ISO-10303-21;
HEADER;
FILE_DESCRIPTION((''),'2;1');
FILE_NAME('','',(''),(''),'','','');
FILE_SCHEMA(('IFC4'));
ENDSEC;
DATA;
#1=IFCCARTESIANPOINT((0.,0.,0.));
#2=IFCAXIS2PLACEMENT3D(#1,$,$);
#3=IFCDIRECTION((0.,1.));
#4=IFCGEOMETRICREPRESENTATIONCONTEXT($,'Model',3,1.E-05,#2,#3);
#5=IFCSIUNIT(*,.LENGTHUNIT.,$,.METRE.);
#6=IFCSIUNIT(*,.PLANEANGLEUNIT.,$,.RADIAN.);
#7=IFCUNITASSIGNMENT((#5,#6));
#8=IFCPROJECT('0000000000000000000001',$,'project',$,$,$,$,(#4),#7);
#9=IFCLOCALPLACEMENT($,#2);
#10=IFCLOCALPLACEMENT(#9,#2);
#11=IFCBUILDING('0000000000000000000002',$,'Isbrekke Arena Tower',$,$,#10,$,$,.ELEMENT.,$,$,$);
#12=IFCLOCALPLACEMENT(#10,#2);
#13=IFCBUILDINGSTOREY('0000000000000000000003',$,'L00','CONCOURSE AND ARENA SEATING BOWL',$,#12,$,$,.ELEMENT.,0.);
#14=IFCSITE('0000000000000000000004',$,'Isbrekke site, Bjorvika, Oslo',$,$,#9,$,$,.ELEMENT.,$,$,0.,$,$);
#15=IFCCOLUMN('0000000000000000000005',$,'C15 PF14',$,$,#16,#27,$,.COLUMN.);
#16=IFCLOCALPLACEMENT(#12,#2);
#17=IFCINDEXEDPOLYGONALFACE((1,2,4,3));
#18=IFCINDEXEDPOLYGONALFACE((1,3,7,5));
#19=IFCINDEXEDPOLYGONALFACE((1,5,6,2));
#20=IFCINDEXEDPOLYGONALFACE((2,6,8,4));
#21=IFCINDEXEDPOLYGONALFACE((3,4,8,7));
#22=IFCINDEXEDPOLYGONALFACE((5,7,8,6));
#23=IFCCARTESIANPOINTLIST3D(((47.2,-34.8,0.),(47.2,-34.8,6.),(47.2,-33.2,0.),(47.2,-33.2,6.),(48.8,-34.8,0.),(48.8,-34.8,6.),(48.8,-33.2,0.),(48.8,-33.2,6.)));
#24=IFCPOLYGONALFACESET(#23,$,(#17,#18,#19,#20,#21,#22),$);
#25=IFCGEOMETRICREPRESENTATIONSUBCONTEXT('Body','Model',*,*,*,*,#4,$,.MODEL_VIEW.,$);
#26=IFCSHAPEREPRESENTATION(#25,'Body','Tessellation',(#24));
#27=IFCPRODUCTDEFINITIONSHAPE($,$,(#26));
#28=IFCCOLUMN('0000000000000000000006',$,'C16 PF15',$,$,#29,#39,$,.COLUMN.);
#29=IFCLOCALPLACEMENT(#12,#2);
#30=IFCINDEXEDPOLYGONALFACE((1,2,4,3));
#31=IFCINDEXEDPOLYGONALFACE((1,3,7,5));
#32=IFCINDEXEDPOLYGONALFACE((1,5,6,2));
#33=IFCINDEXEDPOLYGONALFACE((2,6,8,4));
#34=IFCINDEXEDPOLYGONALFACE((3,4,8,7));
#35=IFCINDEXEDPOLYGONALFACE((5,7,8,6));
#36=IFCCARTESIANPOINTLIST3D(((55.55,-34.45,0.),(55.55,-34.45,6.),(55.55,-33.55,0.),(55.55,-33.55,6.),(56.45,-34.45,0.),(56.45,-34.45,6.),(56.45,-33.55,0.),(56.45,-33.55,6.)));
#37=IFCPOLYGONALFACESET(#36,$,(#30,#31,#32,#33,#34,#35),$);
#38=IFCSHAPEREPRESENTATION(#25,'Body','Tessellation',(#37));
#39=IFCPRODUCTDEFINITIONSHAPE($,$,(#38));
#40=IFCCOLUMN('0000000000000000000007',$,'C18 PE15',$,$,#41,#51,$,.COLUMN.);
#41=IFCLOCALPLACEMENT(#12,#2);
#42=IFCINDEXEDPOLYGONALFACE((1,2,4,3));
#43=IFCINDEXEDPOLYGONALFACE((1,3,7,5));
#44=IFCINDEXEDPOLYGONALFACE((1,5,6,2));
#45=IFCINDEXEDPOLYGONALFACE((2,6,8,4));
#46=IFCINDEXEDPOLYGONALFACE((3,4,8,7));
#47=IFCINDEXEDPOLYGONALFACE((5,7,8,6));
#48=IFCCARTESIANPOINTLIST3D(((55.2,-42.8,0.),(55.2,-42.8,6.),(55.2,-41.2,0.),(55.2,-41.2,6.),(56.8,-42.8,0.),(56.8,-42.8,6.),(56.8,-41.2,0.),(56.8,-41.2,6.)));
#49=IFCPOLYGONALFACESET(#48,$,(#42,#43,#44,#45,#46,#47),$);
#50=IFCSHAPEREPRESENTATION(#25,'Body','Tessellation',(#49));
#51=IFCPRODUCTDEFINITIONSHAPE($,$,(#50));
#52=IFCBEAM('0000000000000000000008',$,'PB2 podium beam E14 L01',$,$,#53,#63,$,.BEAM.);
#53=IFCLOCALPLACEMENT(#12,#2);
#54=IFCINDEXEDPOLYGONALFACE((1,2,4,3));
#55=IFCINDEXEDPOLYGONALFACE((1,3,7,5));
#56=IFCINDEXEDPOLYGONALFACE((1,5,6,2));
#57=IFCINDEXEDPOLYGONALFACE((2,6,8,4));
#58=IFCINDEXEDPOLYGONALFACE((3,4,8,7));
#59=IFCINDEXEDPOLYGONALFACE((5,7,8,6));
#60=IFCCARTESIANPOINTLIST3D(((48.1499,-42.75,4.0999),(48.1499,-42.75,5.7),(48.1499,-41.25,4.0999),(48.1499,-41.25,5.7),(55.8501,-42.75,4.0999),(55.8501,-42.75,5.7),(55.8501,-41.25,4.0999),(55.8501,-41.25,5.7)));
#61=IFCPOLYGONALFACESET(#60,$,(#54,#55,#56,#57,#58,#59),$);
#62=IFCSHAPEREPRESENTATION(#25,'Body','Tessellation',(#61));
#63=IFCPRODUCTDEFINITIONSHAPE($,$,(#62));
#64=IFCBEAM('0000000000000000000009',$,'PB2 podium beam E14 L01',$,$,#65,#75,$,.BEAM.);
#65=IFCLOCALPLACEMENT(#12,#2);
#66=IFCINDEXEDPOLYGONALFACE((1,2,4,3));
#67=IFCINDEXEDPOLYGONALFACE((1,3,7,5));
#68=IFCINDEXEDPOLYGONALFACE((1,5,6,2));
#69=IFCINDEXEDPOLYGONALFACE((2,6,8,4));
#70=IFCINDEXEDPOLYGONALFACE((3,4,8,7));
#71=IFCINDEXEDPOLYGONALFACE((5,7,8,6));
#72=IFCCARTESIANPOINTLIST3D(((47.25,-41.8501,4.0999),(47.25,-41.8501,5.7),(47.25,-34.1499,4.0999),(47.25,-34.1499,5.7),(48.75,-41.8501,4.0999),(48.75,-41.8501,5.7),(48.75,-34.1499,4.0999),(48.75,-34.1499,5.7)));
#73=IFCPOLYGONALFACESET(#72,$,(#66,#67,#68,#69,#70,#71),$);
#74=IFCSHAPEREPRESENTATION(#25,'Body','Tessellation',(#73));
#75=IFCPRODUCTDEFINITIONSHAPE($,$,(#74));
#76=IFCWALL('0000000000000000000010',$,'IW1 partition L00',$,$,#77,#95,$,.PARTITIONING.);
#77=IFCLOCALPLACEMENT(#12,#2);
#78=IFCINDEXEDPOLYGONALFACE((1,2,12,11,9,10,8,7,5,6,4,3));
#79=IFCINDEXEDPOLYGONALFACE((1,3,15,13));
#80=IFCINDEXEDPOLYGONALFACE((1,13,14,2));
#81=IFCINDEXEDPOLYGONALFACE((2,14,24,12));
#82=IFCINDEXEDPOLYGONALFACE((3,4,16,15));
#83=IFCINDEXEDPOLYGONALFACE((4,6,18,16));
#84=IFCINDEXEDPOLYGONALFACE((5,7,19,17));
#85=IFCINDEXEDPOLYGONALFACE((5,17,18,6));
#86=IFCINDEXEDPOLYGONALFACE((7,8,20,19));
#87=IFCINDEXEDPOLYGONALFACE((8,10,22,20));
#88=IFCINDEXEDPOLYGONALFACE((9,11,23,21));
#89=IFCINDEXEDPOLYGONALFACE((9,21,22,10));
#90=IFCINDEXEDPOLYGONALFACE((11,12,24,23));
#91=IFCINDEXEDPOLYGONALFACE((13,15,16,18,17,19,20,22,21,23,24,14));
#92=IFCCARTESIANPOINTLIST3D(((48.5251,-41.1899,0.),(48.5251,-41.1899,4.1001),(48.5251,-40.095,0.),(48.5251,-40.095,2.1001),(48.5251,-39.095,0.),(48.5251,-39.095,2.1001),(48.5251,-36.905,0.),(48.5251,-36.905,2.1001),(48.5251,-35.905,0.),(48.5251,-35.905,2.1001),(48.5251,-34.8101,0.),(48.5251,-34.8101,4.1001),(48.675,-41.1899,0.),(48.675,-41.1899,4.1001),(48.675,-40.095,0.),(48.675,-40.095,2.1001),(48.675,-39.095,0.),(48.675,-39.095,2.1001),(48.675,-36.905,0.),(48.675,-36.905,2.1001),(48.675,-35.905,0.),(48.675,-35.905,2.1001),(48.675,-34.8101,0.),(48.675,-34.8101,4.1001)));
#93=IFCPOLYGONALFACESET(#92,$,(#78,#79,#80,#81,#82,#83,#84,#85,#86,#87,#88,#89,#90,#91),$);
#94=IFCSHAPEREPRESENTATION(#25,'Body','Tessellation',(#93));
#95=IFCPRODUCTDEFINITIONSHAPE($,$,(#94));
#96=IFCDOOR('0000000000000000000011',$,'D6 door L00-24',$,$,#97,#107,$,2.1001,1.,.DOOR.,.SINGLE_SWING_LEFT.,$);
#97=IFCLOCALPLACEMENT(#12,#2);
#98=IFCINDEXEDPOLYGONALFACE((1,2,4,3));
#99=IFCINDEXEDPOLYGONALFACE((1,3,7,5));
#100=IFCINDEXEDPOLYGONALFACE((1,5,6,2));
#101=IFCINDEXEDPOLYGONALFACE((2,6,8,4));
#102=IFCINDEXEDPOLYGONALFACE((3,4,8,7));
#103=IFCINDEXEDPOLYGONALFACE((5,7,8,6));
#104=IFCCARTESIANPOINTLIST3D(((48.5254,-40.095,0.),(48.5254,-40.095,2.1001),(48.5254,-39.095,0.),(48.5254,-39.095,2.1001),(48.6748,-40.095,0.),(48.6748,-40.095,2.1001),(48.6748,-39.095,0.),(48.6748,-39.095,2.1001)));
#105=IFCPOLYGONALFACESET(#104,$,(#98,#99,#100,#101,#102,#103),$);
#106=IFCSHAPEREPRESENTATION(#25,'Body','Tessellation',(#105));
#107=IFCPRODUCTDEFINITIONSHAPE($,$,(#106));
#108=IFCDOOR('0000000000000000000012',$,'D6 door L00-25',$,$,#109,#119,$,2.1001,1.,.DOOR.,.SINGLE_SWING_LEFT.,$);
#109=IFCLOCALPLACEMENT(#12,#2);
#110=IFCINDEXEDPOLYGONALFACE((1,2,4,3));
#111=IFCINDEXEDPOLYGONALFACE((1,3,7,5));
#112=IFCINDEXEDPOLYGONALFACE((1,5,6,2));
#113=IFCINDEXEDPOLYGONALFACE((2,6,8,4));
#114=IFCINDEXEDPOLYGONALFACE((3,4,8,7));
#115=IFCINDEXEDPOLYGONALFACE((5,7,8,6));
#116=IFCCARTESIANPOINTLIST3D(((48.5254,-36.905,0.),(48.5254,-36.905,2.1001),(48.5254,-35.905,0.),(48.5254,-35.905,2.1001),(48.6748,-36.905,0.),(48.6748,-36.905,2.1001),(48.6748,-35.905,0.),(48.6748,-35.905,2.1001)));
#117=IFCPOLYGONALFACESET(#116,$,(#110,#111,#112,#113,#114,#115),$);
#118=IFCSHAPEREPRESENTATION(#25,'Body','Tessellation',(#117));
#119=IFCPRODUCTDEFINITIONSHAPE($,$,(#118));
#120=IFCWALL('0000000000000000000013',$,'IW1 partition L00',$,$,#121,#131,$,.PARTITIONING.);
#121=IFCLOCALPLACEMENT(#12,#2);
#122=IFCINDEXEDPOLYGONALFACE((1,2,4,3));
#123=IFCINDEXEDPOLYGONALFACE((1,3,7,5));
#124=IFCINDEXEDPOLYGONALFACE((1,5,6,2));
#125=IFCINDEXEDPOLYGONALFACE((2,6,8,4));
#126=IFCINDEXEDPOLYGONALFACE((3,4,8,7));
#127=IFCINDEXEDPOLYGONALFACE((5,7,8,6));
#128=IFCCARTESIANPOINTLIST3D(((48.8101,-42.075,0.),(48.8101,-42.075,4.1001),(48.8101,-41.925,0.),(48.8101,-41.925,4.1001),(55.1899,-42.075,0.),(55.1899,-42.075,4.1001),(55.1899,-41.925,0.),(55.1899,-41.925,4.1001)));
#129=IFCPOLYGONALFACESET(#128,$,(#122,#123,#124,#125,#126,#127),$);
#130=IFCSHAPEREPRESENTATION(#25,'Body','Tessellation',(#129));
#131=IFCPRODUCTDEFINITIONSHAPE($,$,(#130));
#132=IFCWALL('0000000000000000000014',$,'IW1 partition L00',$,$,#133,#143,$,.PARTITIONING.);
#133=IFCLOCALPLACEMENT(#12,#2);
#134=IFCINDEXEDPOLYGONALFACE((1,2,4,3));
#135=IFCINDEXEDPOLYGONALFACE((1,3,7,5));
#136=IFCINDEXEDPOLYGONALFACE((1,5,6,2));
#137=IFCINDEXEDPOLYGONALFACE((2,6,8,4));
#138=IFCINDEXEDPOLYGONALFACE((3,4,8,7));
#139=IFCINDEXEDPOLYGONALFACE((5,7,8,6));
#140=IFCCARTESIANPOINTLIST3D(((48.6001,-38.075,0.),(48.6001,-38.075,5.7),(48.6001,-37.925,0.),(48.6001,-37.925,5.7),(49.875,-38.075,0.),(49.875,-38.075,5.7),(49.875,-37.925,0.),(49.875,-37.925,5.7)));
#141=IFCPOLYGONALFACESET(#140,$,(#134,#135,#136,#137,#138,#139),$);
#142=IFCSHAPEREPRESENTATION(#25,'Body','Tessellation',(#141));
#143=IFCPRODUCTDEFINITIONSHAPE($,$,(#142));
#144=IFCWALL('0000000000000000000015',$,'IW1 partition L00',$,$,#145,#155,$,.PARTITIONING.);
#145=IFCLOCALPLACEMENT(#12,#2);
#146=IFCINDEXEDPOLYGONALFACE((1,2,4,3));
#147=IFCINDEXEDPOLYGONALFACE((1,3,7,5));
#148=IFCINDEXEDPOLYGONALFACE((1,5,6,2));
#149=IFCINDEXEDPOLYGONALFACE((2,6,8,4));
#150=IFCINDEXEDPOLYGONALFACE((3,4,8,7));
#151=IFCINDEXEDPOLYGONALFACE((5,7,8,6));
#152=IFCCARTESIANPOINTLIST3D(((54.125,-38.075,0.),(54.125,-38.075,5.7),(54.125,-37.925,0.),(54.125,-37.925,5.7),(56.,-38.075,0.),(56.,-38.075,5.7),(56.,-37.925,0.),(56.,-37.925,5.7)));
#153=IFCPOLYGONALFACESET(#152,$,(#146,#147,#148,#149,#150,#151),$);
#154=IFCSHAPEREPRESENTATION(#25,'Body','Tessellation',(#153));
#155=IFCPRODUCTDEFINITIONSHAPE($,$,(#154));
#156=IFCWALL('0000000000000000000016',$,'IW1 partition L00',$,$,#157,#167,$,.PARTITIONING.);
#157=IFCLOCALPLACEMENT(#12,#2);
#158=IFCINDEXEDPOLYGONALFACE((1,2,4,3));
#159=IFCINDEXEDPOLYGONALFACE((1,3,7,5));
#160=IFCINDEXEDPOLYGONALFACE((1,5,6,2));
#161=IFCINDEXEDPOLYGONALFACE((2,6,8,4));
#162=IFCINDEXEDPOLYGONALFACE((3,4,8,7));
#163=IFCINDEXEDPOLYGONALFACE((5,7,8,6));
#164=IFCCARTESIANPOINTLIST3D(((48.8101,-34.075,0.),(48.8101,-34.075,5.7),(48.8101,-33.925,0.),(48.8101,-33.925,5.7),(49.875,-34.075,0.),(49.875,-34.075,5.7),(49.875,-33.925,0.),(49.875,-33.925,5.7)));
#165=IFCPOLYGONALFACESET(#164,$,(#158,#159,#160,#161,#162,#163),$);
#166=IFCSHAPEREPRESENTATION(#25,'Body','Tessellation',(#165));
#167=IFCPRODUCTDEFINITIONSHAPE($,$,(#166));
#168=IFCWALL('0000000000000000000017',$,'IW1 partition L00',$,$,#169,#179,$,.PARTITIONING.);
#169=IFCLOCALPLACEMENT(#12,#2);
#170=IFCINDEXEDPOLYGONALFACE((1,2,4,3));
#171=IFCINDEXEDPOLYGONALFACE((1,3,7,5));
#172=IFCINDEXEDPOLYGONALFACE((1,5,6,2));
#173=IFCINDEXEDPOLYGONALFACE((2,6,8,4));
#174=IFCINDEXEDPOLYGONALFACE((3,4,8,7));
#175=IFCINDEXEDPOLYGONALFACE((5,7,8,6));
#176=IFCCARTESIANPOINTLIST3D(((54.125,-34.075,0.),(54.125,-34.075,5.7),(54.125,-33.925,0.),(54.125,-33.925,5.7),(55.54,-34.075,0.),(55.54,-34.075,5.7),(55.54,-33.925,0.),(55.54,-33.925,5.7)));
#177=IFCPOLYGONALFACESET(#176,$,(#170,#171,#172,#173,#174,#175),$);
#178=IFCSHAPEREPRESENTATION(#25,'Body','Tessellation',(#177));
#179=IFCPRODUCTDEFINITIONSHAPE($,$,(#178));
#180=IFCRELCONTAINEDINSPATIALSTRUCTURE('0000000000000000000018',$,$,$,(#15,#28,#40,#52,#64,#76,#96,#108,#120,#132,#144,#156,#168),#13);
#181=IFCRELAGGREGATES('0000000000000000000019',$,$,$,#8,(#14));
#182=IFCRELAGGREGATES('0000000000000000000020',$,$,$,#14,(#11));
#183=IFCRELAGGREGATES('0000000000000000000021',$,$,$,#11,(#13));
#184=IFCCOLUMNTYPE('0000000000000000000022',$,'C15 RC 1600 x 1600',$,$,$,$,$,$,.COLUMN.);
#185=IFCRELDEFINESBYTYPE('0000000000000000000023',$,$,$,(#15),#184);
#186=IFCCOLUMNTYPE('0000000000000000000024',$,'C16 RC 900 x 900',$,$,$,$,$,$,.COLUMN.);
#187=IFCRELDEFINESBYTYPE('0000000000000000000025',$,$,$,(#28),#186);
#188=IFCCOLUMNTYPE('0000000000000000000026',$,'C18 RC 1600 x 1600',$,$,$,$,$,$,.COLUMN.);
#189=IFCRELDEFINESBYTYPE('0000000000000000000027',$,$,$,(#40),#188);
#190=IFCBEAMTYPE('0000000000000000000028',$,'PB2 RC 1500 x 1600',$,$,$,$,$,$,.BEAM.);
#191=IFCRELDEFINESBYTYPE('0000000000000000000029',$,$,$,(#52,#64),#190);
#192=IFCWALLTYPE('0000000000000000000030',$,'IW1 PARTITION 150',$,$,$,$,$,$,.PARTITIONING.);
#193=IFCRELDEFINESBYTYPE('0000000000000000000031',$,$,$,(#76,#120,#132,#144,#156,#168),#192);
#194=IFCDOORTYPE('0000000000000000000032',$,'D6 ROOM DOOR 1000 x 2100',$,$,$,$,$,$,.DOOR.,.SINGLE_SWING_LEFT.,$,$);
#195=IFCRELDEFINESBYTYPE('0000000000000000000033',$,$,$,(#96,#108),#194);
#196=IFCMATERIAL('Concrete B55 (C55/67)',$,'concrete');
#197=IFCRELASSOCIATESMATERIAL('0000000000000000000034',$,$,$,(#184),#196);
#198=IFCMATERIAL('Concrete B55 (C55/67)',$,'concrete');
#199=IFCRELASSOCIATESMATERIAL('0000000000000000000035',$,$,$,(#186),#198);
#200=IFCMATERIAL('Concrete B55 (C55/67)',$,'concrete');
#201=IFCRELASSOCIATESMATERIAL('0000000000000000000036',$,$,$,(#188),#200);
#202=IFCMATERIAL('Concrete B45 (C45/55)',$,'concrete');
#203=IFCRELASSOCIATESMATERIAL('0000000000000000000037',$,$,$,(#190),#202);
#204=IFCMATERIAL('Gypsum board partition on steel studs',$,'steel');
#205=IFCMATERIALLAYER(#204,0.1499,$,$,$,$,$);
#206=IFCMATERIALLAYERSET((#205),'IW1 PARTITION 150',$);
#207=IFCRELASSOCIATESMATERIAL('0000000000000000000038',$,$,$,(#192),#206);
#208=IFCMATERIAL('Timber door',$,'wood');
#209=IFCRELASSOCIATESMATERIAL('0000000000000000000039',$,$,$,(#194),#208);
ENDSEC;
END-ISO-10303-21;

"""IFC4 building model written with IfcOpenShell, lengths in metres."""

from ifc_helpers import new_model, si_unit, direction, frame, frame_2d, origin, origin_2d, place, context, subcontext, project, spatial, rectangle, extrude, material, layer, layer_set, material_profile, profile_set, type_object, element, fill, save


model = new_model("IFC4")

# Units and contexts
model_context = context("Model", 3, precision=1e-05, world=origin(), true_north=direction((0.0, 1.0)))
body_context = subcontext(model_context, "Body", "Model", "MODEL_VIEW")
ifc_project = project(units=[si_unit("LENGTHUNIT", "METRE"), si_unit("PLANEANGLEUNIT", "RADIAN")], contexts=[model_context])

# Site, building, storey
site_placement = place(None, origin())
site = spatial("IfcSite", under=ifc_project, at=site_placement, Name="Isbrekke site, Bjorvika, Oslo", CompositionType="ELEMENT", RefElevation=0.0)
building_placement = place(site_placement, origin())
building = spatial("IfcBuilding", under=site, at=building_placement, Name="Isbrekke Arena Tower", CompositionType="ELEMENT")
storey_placement = place(building_placement, origin())
storey = spatial("IfcBuildingStorey", under=building, at=storey_placement, Name="L00", Description="CONCOURSE AND ARENA SEATING BOWL", CompositionType="ELEMENT", Elevation=0.0)

# Columns
ifc_material_1 = material(Name="Concrete B55 (C55/67)", Category="concrete")
ifc_material_profile_1 = material_profile(ifc_material_1, rectangle(XDim=1.6001, YDim=1.6001, at=origin_2d()), Name="RC 1600x1600")
ifc_profile_set_1 = profile_set([ifc_material_profile_1], Name="Concrete B55 (C55/67)")
column_type_1 = type_object("IfcColumnType", Name="C15 RC 1600 x 1600", PredefinedType="COLUMN", material=ifc_profile_set_1)
column_1_placement = place(storey_placement, frame((48.0, -34.0, 0.0), z_axis=(0.0, 0.0, 1.0), x_axis=(1.0, 0.0, 0.0)))
element("IfcColumn", 1, at=column_1_placement, inside=storey, type_object=column_type_1, Name="C15 PF14", PredefinedType="COLUMN", context=body_context, shape_type="SweptSolid", body=[
    extrude(rectangle(XDim=1.6001, YDim=1.6001, at=origin_2d()), origin(), (0.0, 0.0, 1.0), 6.0),
])
ifc_material_2 = material(Name="Concrete B55 (C55/67)", Category="concrete")
ifc_material_profile_2 = material_profile(ifc_material_2, rectangle(XDim=0.8999, YDim=0.8999, at=origin_2d()), Name="RC 900x900")
ifc_profile_set_2 = profile_set([ifc_material_profile_2], Name="Concrete B55 (C55/67)")
column_type_2 = type_object("IfcColumnType", Name="C16 RC 900 x 900", PredefinedType="COLUMN", material=ifc_profile_set_2)
column_2_placement = place(storey_placement, frame((56.0, -34.0, 0.0), z_axis=(0.0, 0.0, 1.0), x_axis=(1.0, 0.0, 0.0)))
element("IfcColumn", 2, at=column_2_placement, inside=storey, type_object=column_type_2, Name="C16 PF15", PredefinedType="COLUMN", context=body_context, shape_type="SweptSolid", body=[
    extrude(rectangle(XDim=0.8999, YDim=0.8999, at=origin_2d()), origin(), (0.0, 0.0, 1.0), 6.0),
])
ifc_material_3 = material(Name="Concrete B55 (C55/67)", Category="concrete")
ifc_material_profile_3 = material_profile(ifc_material_3, rectangle(XDim=1.6001, YDim=1.6001, at=origin_2d()), Name="RC 1600x1600")
ifc_profile_set_3 = profile_set([ifc_material_profile_3], Name="Concrete B55 (C55/67)")
column_type_3 = type_object("IfcColumnType", Name="C18 RC 1600 x 1600", PredefinedType="COLUMN", material=ifc_profile_set_3)
column_3_placement = place(storey_placement, frame((56.0, -42.0, 0.0), z_axis=(0.0, 0.0, 1.0), x_axis=(1.0, 0.0, 0.0)))
element("IfcColumn", 3, at=column_3_placement, inside=storey, type_object=column_type_3, Name="C18 PE15", PredefinedType="COLUMN", context=body_context, shape_type="SweptSolid", body=[
    extrude(rectangle(XDim=1.6001, YDim=1.6001, at=origin_2d()), origin(), (0.0, 0.0, 1.0), 6.0),
])

# Beams
ifc_material_4 = material(Name="Concrete B45 (C45/55)", Category="concrete")
ifc_material_profile_4 = material_profile(ifc_material_4, rectangle(XDim=1.5, YDim=1.6001, at=origin_2d()), Name="RC 1500x1600")
ifc_profile_set_4 = profile_set([ifc_material_profile_4], Name="Concrete B45 (C45/55)")
beam_type = type_object("IfcBeamType", Name="PB2 RC 1500 x 1600", PredefinedType="BEAM", material=ifc_profile_set_4)
for number, where, z_axis, x_axis, name in (
    (4, (48.1499, -42.0, 4.8999), (1.0, 0.0, 0.0), (0.0, 1.0, 0.0), "PB2 podium beam E14 L01"),
    (5, (48.0, -41.8501, 4.8999), (0.0, 1.0, 0.0), (-1.0, 0.0, 0.0), "PB2 podium beam E14 L01"),
):
    element("IfcBeam", number, at=place(storey_placement, frame(where, z_axis=z_axis, x_axis=x_axis)), inside=storey, type_object=beam_type, Name=name, PredefinedType="BEAM", context=body_context, shape_type="SweptSolid", body=[
        extrude(rectangle(XDim=1.5, YDim=1.6001, at=origin_2d()), origin(), (0.0, 0.0, 1.0), 7.7002),
    ])

# Wall, openings, doors
ifc_material_5 = material(Name="Gypsum board partition on steel studs", Category="steel")
ifc_layer_1 = layer(ifc_material_5, 0.1499)
ifc_layer_set_1 = layer_set([ifc_layer_1], Name="IW1 PARTITION 150")
wall_type_1 = type_object("IfcWallType", Name="IW1 PARTITION 150", PredefinedType="PARTITIONING", material=ifc_layer_set_1)
wall_1_placement = place(storey_placement, frame((48.6001, -41.1899, 0.0), z_axis=(0.0, 0.0, 1.0), x_axis=(0.0, 1.0, 0.0)))
wall_1 = element("IfcWall", 6, at=wall_1_placement, inside=storey, type_object=wall_type_1, Name="IW1 partition L00", PredefinedType="PARTITIONING", context=body_context, shape_type="SweptSolid", body=[
    extrude(rectangle(XDim=6.3799, YDim=0.1499, at=frame_2d((3.1899, 0.0))), origin(), (0.0, 0.0, 1.0), 4.1001),
])
opening_1_placement = place(wall_1_placement, frame((1.095, 0.0, 0.0)))
opening_1 = element("IfcOpeningElement", 7, at=opening_1_placement, cuts=wall_1, PredefinedType="OPENING", context=body_context, shape_type="SweptSolid", body=[
    extrude(rectangle(XDim=1.0, YDim=2.1001, at=frame_2d((0.5, 1.05))), frame((0.0, 0.0898, 0.0), z_axis=(0.0, -1.0, 0.0), x_axis=(1.0, 0.0, 0.0)), (0.0, 0.0, 1.0), 0.1797),
])
opening_2_placement = place(wall_1_placement, frame((4.2849, 0.0, 0.0)))
opening_2 = element("IfcOpeningElement", 8, at=opening_2_placement, cuts=wall_1, PredefinedType="OPENING", context=body_context, shape_type="SweptSolid", body=[
    extrude(rectangle(XDim=1.0, YDim=2.1001, at=frame_2d((0.5, 1.05))), frame((0.0, 0.0898, 0.0), z_axis=(0.0, -1.0, 0.0), x_axis=(1.0, 0.0, 0.0)), (0.0, 0.0, 1.0), 0.1797),
])
ifc_material_6 = material(Name="Timber door", Category="wood")
door_type_1 = type_object("IfcDoorType", Name="D6 ROOM DOOR 1000 x 2100", OperationType="SINGLE_SWING_LEFT", PredefinedType="DOOR", material=ifc_material_6)
door_1_placement = place(opening_1_placement, origin())
door_1 = element("IfcDoor", 9, at=door_1_placement, inside=storey, type_object=door_type_1, Name="D6 door L00-24", OperationType="SINGLE_SWING_LEFT", OverallHeight=2.1001, OverallWidth=1.0, PredefinedType="DOOR", context=body_context, shape_type="SweptSolid", body=[
    extrude(rectangle(XDim=1.0, YDim=2.1001, at=frame_2d((0.5, 1.05))), frame((0.0, 0.0747, 0.0), z_axis=(0.0, -1.0, 0.0), x_axis=(1.0, 0.0, 0.0)), (0.0, 0.0, 1.0), 0.1494),
])
fill(opening_1, door_1)
door_2_placement = place(opening_2_placement, origin())
door_2 = element("IfcDoor", 10, at=door_2_placement, inside=storey, type_object=door_type_1, Name="D6 door L00-25", OperationType="SINGLE_SWING_LEFT", OverallHeight=2.1001, OverallWidth=1.0, PredefinedType="DOOR", context=body_context, shape_type="SweptSolid", body=[
    extrude(rectangle(XDim=1.0, YDim=2.1001, at=frame_2d((0.5, 1.05))), frame((0.0, 0.0747, 0.0), z_axis=(0.0, -1.0, 0.0), x_axis=(1.0, 0.0, 0.0)), (0.0, 0.0, 1.0), 0.1494),
])
fill(opening_2, door_2)

# Walls
wall_2_placement = place(storey_placement, frame((48.8101, -42.0, 0.0), z_axis=(0.0, 0.0, 1.0), x_axis=(1.0, 0.0, 0.0)))
element("IfcWall", 11, at=wall_2_placement, inside=storey, type_object=wall_type_1, Name="IW1 partition L00", PredefinedType="PARTITIONING", context=body_context, shape_type="SweptSolid", body=[
    extrude(rectangle(XDim=6.3799, YDim=0.1499, at=frame_2d((3.1899, 0.0))), origin(), (0.0, 0.0, 1.0), 4.1001),
])
wall_3_placement = place(storey_placement, frame((48.6001, -38.0, 0.0), z_axis=(0.0, 0.0, 1.0), x_axis=(1.0, 0.0, 0.0)))
element("IfcWall", 12, at=wall_3_placement, inside=storey, type_object=wall_type_1, Name="IW1 partition L00", PredefinedType="PARTITIONING", context=body_context, shape_type="SweptSolid", body=[
    extrude(rectangle(XDim=1.2749, YDim=0.1499, at=frame_2d((0.6375, 0.0))), origin(), (0.0, 0.0, 1.0), 5.7),
])
wall_4_placement = place(storey_placement, frame((54.125, -38.0, 0.0), z_axis=(0.0, 0.0, 1.0), x_axis=(1.0, 0.0, 0.0)))
element("IfcWall", 13, at=wall_4_placement, inside=storey, type_object=wall_type_1, Name="IW1 partition L00", PredefinedType="PARTITIONING", context=body_context, shape_type="SweptSolid", body=[
    extrude(rectangle(XDim=1.875, YDim=0.1499, at=frame_2d((0.9375, 0.0))), origin(), (0.0, 0.0, 1.0), 5.7),
])
wall_5_placement = place(storey_placement, frame((48.8101, -34.0, 0.0), z_axis=(0.0, 0.0, 1.0), x_axis=(1.0, 0.0, 0.0)))
element("IfcWall", 14, at=wall_5_placement, inside=storey, type_object=wall_type_1, Name="IW1 partition L00", PredefinedType="PARTITIONING", context=body_context, shape_type="SweptSolid", body=[
    extrude(rectangle(XDim=1.0649, YDim=0.1499, at=frame_2d((0.5325, 0.0))), origin(), (0.0, 0.0, 1.0), 5.7),
])
wall_6_placement = place(storey_placement, frame((54.125, -34.0, 0.0), z_axis=(0.0, 0.0, 1.0), x_axis=(1.0, 0.0, 0.0)))
element("IfcWall", 15, at=wall_6_placement, inside=storey, type_object=wall_type_1, Name="IW1 partition L00", PredefinedType="PARTITIONING", context=body_context, shape_type="SweptSolid", body=[
    extrude(rectangle(XDim=1.415, YDim=0.1499, at=frame_2d((0.7075, 0.0))), origin(), (0.0, 0.0, 1.0), 5.7),
])

save(model, "model.ifc")
